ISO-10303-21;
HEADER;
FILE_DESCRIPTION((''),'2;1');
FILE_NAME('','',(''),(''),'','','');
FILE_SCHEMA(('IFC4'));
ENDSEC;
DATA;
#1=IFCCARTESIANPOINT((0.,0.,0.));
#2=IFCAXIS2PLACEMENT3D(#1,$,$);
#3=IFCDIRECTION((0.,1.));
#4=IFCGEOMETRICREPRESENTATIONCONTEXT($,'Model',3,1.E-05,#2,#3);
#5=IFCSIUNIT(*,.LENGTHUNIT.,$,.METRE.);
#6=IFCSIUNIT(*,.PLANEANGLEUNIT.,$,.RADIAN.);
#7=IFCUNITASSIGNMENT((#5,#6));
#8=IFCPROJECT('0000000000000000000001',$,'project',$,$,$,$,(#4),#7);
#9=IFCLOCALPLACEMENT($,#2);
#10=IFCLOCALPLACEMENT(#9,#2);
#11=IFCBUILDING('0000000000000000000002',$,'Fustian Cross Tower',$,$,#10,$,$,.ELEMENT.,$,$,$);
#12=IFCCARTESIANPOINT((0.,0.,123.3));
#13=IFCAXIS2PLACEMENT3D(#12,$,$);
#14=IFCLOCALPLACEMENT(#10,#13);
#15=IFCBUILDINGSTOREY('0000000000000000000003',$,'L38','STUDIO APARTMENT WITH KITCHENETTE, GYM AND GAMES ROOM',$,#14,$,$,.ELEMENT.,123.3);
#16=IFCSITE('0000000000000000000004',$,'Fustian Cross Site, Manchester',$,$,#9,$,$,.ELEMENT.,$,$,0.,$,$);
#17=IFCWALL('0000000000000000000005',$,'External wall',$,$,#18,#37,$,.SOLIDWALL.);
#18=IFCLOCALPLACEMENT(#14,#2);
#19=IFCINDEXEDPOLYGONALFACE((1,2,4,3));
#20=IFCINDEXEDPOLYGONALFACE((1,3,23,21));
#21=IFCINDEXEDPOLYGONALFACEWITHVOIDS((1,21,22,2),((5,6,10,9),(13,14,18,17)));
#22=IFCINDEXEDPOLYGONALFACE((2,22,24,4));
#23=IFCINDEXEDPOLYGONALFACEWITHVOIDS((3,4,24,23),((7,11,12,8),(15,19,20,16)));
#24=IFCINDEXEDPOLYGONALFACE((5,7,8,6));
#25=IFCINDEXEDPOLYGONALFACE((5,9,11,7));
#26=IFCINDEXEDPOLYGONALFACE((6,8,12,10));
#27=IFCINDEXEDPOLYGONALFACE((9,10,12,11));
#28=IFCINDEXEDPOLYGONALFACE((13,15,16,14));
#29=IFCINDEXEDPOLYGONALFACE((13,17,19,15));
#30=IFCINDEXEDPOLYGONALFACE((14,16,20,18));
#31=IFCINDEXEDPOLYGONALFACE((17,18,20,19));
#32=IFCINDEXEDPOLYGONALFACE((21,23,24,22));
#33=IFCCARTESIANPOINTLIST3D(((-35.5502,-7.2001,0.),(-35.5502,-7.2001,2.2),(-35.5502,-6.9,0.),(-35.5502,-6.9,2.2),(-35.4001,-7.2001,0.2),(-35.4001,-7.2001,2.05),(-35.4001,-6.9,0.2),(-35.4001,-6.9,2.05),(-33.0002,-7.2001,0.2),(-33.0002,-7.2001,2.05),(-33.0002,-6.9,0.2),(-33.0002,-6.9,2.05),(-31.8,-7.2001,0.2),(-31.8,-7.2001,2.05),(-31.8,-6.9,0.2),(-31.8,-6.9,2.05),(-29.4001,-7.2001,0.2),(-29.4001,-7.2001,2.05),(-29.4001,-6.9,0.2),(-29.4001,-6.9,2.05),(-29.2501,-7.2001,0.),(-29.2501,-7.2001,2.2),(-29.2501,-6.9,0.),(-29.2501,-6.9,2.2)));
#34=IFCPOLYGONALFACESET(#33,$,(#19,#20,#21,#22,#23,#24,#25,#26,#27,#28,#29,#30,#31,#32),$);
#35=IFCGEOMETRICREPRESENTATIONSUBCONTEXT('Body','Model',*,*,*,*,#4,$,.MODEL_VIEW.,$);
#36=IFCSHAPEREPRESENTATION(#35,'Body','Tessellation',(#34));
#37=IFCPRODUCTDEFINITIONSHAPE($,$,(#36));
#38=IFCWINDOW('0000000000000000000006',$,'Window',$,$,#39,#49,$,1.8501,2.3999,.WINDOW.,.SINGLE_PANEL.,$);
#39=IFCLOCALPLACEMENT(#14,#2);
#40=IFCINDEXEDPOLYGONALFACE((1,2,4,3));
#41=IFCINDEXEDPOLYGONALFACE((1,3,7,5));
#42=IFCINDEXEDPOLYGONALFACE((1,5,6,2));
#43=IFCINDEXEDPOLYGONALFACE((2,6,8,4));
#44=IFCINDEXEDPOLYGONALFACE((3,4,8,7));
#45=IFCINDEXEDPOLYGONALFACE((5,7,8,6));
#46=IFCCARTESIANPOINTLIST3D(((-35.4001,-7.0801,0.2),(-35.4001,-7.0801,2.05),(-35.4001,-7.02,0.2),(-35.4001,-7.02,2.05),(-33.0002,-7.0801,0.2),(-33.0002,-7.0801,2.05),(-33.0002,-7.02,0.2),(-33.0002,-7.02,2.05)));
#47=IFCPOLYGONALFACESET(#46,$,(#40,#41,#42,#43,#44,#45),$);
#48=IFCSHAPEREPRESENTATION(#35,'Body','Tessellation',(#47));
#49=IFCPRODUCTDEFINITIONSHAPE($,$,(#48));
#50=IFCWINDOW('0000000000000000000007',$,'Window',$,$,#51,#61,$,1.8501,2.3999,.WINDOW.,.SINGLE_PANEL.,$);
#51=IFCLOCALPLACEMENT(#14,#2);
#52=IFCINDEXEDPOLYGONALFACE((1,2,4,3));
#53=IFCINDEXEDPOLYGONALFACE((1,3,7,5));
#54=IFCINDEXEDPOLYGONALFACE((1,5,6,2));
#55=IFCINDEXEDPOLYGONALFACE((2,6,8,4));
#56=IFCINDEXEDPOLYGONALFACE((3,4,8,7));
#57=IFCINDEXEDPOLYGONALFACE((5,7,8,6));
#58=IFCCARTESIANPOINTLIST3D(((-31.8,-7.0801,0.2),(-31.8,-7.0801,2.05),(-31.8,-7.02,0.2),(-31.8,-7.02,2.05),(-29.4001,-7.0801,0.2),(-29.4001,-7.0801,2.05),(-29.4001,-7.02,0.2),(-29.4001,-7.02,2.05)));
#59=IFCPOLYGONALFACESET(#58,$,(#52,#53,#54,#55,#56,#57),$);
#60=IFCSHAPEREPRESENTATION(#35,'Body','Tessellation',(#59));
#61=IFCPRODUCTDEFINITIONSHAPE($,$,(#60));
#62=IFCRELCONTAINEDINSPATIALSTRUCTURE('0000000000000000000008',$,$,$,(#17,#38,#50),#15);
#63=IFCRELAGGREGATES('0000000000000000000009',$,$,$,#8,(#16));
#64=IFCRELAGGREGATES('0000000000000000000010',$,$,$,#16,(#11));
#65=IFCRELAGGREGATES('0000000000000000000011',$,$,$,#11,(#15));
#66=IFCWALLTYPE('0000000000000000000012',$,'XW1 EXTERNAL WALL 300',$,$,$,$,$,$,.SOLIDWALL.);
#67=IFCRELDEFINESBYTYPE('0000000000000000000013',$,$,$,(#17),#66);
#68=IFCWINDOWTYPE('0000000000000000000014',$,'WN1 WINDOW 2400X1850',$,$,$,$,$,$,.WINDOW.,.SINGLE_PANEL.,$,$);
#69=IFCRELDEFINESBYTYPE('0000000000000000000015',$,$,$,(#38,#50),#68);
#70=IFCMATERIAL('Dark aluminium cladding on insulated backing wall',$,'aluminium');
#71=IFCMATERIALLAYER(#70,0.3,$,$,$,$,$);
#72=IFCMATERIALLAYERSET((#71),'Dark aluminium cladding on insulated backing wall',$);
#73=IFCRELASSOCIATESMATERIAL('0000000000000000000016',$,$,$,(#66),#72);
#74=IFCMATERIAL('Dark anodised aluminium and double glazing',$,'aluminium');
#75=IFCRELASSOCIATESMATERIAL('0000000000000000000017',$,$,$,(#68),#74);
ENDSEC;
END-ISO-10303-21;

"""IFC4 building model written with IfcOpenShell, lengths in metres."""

from ifc_helpers import new_model, si_unit, direction, frame, frame_2d, origin, place, context, subcontext, project, spatial, rectangle, extrude, material, layer, layer_set, type_object, element, fill, save


model = new_model("IFC4")

# Units and contexts
model_context = context("Model", 3, precision=1e-05, world=origin(), true_north=direction((0.0, 1.0)))
body_context = subcontext(model_context, "Body", "Model", "MODEL_VIEW")
ifc_project = project(units=[si_unit("LENGTHUNIT", "METRE"), si_unit("PLANEANGLEUNIT", "RADIAN")], contexts=[model_context])

# Site, building, storey
site_placement = place(None, origin())
site = spatial("IfcSite", under=ifc_project, at=site_placement, Name="Fustian Cross Site, Manchester", CompositionType="ELEMENT", RefElevation=0.0)
building_placement = place(site_placement, origin())
building = spatial("IfcBuilding", under=site, at=building_placement, Name="Fustian Cross Tower", CompositionType="ELEMENT")
storey_placement = place(building_placement, frame((0.0, 0.0, 123.3)))
storey = spatial("IfcBuildingStorey", under=building, at=storey_placement, Name="L38", Description="STUDIO APARTMENT WITH KITCHENETTE, GYM AND GAMES ROOM", CompositionType="ELEMENT", Elevation=123.3)

# Wall, openings, windows
ifc_material_1 = material(Name="Dark aluminium cladding on insulated backing wall", Category="aluminium")
ifc_layer_1 = layer(ifc_material_1, 0.3)
ifc_layer_set_1 = layer_set([ifc_layer_1], Name="Dark aluminium cladding on insulated backing wall")
wall_type_1 = type_object("IfcWallType", Name="XW1 EXTERNAL WALL 300", PredefinedType="SOLIDWALL", material=ifc_layer_set_1)
wall_1_placement = place(storey_placement, frame((-35.55, -7.05, 0.0), z_axis=(0.0, 0.0, 1.0), x_axis=(1.0, 0.0, 0.0)))
wall_1 = element("IfcWall", 1, at=wall_1_placement, inside=storey, type_object=wall_type_1, Name="External wall", PredefinedType="SOLIDWALL", context=body_context, shape_type="SweptSolid", body=[
    extrude(rectangle(XDim=6.3, YDim=0.3, at=frame_2d((3.1499, 0.0))), origin(), (0.0, 0.0, 1.0), 2.2),
])
opening_1_placement = place(wall_1_placement, frame((0.1499, 0.0, 0.2)))
opening_1 = element("IfcOpeningElement", 2, at=opening_1_placement, cuts=wall_1, PredefinedType="OPENING", context=body_context, shape_type="SweptSolid", body=[
    extrude(rectangle(XDim=2.3999, YDim=1.8501, at=frame_2d((1.2, 0.925))), frame((0.0, 0.1599, 0.0), z_axis=(0.0, -1.0, 0.0), x_axis=(1.0, 0.0, 0.0)), (0.0, 0.0, 1.0), 0.3201),
])
opening_2_placement = place(wall_1_placement, frame((3.75, 0.0, 0.2)))
opening_2 = element("IfcOpeningElement", 3, at=opening_2_placement, cuts=wall_1, PredefinedType="OPENING", context=body_context, shape_type="SweptSolid", body=[
    extrude(rectangle(XDim=2.3999, YDim=1.8501, at=frame_2d((1.2, 0.925))), frame((0.0, 0.1599, 0.0), z_axis=(0.0, -1.0, 0.0), x_axis=(1.0, 0.0, 0.0)), (0.0, 0.0, 1.0), 0.3201),
])
ifc_material_2 = material(Name="Dark anodised aluminium and double glazing", Category="aluminium")
window_type = type_object("IfcWindowType", Name="WN1 WINDOW 2400X1850", PartitioningType="SINGLE_PANEL", PredefinedType="WINDOW", material=ifc_material_2)
window_1_placement = place(opening_1_placement, origin())
window_1 = element("IfcWindow", 4, at=window_1_placement, inside=storey, type_object=window_type, Name="Window", OverallHeight=1.8501, OverallWidth=2.3999, PartitioningType="SINGLE_PANEL", PredefinedType="WINDOW", context=body_context, shape_type="SweptSolid", body=[
    extrude(rectangle(XDim=2.3999, YDim=1.8501, at=frame_2d((1.2, 0.925))), frame((0.0, 0.03, 0.0), z_axis=(0.0, -1.0, 0.0), x_axis=(1.0, 0.0, 0.0)), (0.0, 0.0, 1.0), 0.0601),
])
fill(opening_1, window_1)
window_2_placement = place(opening_2_placement, origin())
window_2 = element("IfcWindow", 5, at=window_2_placement, inside=storey, type_object=window_type, Name="Window", OverallHeight=1.8501, OverallWidth=2.3999, PartitioningType="SINGLE_PANEL", PredefinedType="WINDOW", context=body_context, shape_type="SweptSolid", body=[
    extrude(rectangle(XDim=2.3999, YDim=1.8501, at=frame_2d((1.2, 0.925))), frame((0.0, 0.03, 0.0), z_axis=(0.0, -1.0, 0.0), x_axis=(1.0, 0.0, 0.0)), (0.0, 0.0, 1.0), 0.0601),
])
fill(opening_2, window_2)

save(model, "model.ifc")
